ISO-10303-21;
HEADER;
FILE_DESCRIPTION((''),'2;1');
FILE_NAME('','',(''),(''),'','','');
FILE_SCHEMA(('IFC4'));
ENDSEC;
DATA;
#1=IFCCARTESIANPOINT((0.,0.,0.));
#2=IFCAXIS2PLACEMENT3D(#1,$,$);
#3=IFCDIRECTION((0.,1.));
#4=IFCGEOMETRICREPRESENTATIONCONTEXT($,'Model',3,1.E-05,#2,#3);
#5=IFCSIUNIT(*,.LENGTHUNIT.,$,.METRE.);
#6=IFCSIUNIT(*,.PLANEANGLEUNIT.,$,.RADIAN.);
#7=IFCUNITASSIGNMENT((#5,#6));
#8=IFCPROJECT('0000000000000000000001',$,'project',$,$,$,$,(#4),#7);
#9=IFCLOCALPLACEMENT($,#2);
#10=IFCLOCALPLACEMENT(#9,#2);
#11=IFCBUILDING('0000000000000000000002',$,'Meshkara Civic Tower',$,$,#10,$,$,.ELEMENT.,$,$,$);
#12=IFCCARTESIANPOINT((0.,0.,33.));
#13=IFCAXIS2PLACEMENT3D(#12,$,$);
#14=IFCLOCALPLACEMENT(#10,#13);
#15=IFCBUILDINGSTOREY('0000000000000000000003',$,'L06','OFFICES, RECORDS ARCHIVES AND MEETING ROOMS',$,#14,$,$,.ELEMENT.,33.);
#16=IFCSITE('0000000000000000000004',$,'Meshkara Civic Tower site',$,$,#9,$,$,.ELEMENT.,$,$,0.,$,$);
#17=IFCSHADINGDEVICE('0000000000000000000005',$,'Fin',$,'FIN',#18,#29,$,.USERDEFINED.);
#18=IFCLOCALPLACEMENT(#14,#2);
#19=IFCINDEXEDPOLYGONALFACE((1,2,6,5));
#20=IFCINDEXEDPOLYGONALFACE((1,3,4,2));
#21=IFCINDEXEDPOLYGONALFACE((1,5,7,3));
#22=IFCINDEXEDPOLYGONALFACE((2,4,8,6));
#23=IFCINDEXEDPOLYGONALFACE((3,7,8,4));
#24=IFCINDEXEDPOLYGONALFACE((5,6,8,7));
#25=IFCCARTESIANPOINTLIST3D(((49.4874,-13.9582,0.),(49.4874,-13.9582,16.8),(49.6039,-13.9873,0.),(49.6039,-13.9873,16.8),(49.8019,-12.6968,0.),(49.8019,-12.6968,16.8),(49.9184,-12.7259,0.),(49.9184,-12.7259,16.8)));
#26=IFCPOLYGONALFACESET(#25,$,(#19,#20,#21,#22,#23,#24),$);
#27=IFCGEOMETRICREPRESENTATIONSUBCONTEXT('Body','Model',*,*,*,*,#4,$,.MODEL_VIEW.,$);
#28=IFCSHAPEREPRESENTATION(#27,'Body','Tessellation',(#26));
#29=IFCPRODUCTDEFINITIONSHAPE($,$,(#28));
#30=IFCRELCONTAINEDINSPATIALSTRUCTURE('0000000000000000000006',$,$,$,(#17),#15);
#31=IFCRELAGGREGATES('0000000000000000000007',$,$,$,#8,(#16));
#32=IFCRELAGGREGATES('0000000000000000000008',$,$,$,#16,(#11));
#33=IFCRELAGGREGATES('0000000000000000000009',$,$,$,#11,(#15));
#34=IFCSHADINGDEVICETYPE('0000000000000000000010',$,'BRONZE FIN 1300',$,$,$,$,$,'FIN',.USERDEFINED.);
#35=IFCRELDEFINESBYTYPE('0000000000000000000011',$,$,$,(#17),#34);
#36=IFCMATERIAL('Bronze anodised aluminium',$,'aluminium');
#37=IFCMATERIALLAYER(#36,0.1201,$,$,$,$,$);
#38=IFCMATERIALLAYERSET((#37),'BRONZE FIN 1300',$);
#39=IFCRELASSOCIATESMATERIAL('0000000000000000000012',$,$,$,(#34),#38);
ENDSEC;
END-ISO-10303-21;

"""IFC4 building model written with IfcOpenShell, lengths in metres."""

from ifc_helpers import new_model, si_unit, direction, frame, origin, origin_2d, place, context, subcontext, project, spatial, rectangle, extrude, material, layer, layer_set, type_object, element, save


model = new_model("IFC4")

# Units and contexts
model_context = context("Model", 3, precision=1e-05, world=origin(), true_north=direction((0.0, 1.0)))
body_context = subcontext(model_context, "Body", "Model", "MODEL_VIEW")
ifc_project = project(units=[si_unit("LENGTHUNIT", "METRE"), si_unit("PLANEANGLEUNIT", "RADIAN")], contexts=[model_context])

# Site, building, storey
site_placement = place(None, origin())
site = spatial("IfcSite", under=ifc_project, at=site_placement, Name="Meshkara Civic Tower site", CompositionType="ELEMENT", RefElevation=0.0)
building_placement = place(site_placement, origin())
building = spatial("IfcBuilding", under=site, at=building_placement, Name="Meshkara Civic Tower", CompositionType="ELEMENT")
storey_placement = place(building_placement, frame((0.0, 0.0, 33.0)))
storey = spatial("IfcBuildingStorey", under=building, at=storey_placement, Name="L06", Description="OFFICES, RECORDS ARCHIVES AND MEETING ROOMS", CompositionType="ELEMENT", Elevation=33.0)

# Shading device
ifc_material_1 = material(Name="Bronze anodised aluminium", Category="aluminium")
ifc_layer_1 = layer(ifc_material_1, 0.1201)
ifc_layer_set_1 = layer_set([ifc_layer_1], Name="BRONZE FIN 1300")
shading_device_type = type_object("IfcShadingDeviceType", Name="BRONZE FIN 1300", ElementType="FIN", PredefinedType="USERDEFINED", material=ifc_layer_set_1)
for number, where, z_axis, x_axis, name in (
    (1, (49.7029, -13.342, 0.0), (0.0, 0.0, 1.0), (0.970296, -0.241922, 0.0), "Fin"),
):
    element("IfcShadingDevice", number, at=place(storey_placement, frame(where, z_axis=z_axis, x_axis=x_axis)), inside=storey, type_object=shading_device_type, Name=name, ObjectType="FIN", PredefinedType="USERDEFINED", context=body_context, shape_type="SweptSolid", body=[
        extrude(rectangle(XDim=0.1201, YDim=1.3, at=origin_2d()), origin(), (0.0, 0.0, 1.0), 16.8),
    ])

save(model, "model.ifc")
